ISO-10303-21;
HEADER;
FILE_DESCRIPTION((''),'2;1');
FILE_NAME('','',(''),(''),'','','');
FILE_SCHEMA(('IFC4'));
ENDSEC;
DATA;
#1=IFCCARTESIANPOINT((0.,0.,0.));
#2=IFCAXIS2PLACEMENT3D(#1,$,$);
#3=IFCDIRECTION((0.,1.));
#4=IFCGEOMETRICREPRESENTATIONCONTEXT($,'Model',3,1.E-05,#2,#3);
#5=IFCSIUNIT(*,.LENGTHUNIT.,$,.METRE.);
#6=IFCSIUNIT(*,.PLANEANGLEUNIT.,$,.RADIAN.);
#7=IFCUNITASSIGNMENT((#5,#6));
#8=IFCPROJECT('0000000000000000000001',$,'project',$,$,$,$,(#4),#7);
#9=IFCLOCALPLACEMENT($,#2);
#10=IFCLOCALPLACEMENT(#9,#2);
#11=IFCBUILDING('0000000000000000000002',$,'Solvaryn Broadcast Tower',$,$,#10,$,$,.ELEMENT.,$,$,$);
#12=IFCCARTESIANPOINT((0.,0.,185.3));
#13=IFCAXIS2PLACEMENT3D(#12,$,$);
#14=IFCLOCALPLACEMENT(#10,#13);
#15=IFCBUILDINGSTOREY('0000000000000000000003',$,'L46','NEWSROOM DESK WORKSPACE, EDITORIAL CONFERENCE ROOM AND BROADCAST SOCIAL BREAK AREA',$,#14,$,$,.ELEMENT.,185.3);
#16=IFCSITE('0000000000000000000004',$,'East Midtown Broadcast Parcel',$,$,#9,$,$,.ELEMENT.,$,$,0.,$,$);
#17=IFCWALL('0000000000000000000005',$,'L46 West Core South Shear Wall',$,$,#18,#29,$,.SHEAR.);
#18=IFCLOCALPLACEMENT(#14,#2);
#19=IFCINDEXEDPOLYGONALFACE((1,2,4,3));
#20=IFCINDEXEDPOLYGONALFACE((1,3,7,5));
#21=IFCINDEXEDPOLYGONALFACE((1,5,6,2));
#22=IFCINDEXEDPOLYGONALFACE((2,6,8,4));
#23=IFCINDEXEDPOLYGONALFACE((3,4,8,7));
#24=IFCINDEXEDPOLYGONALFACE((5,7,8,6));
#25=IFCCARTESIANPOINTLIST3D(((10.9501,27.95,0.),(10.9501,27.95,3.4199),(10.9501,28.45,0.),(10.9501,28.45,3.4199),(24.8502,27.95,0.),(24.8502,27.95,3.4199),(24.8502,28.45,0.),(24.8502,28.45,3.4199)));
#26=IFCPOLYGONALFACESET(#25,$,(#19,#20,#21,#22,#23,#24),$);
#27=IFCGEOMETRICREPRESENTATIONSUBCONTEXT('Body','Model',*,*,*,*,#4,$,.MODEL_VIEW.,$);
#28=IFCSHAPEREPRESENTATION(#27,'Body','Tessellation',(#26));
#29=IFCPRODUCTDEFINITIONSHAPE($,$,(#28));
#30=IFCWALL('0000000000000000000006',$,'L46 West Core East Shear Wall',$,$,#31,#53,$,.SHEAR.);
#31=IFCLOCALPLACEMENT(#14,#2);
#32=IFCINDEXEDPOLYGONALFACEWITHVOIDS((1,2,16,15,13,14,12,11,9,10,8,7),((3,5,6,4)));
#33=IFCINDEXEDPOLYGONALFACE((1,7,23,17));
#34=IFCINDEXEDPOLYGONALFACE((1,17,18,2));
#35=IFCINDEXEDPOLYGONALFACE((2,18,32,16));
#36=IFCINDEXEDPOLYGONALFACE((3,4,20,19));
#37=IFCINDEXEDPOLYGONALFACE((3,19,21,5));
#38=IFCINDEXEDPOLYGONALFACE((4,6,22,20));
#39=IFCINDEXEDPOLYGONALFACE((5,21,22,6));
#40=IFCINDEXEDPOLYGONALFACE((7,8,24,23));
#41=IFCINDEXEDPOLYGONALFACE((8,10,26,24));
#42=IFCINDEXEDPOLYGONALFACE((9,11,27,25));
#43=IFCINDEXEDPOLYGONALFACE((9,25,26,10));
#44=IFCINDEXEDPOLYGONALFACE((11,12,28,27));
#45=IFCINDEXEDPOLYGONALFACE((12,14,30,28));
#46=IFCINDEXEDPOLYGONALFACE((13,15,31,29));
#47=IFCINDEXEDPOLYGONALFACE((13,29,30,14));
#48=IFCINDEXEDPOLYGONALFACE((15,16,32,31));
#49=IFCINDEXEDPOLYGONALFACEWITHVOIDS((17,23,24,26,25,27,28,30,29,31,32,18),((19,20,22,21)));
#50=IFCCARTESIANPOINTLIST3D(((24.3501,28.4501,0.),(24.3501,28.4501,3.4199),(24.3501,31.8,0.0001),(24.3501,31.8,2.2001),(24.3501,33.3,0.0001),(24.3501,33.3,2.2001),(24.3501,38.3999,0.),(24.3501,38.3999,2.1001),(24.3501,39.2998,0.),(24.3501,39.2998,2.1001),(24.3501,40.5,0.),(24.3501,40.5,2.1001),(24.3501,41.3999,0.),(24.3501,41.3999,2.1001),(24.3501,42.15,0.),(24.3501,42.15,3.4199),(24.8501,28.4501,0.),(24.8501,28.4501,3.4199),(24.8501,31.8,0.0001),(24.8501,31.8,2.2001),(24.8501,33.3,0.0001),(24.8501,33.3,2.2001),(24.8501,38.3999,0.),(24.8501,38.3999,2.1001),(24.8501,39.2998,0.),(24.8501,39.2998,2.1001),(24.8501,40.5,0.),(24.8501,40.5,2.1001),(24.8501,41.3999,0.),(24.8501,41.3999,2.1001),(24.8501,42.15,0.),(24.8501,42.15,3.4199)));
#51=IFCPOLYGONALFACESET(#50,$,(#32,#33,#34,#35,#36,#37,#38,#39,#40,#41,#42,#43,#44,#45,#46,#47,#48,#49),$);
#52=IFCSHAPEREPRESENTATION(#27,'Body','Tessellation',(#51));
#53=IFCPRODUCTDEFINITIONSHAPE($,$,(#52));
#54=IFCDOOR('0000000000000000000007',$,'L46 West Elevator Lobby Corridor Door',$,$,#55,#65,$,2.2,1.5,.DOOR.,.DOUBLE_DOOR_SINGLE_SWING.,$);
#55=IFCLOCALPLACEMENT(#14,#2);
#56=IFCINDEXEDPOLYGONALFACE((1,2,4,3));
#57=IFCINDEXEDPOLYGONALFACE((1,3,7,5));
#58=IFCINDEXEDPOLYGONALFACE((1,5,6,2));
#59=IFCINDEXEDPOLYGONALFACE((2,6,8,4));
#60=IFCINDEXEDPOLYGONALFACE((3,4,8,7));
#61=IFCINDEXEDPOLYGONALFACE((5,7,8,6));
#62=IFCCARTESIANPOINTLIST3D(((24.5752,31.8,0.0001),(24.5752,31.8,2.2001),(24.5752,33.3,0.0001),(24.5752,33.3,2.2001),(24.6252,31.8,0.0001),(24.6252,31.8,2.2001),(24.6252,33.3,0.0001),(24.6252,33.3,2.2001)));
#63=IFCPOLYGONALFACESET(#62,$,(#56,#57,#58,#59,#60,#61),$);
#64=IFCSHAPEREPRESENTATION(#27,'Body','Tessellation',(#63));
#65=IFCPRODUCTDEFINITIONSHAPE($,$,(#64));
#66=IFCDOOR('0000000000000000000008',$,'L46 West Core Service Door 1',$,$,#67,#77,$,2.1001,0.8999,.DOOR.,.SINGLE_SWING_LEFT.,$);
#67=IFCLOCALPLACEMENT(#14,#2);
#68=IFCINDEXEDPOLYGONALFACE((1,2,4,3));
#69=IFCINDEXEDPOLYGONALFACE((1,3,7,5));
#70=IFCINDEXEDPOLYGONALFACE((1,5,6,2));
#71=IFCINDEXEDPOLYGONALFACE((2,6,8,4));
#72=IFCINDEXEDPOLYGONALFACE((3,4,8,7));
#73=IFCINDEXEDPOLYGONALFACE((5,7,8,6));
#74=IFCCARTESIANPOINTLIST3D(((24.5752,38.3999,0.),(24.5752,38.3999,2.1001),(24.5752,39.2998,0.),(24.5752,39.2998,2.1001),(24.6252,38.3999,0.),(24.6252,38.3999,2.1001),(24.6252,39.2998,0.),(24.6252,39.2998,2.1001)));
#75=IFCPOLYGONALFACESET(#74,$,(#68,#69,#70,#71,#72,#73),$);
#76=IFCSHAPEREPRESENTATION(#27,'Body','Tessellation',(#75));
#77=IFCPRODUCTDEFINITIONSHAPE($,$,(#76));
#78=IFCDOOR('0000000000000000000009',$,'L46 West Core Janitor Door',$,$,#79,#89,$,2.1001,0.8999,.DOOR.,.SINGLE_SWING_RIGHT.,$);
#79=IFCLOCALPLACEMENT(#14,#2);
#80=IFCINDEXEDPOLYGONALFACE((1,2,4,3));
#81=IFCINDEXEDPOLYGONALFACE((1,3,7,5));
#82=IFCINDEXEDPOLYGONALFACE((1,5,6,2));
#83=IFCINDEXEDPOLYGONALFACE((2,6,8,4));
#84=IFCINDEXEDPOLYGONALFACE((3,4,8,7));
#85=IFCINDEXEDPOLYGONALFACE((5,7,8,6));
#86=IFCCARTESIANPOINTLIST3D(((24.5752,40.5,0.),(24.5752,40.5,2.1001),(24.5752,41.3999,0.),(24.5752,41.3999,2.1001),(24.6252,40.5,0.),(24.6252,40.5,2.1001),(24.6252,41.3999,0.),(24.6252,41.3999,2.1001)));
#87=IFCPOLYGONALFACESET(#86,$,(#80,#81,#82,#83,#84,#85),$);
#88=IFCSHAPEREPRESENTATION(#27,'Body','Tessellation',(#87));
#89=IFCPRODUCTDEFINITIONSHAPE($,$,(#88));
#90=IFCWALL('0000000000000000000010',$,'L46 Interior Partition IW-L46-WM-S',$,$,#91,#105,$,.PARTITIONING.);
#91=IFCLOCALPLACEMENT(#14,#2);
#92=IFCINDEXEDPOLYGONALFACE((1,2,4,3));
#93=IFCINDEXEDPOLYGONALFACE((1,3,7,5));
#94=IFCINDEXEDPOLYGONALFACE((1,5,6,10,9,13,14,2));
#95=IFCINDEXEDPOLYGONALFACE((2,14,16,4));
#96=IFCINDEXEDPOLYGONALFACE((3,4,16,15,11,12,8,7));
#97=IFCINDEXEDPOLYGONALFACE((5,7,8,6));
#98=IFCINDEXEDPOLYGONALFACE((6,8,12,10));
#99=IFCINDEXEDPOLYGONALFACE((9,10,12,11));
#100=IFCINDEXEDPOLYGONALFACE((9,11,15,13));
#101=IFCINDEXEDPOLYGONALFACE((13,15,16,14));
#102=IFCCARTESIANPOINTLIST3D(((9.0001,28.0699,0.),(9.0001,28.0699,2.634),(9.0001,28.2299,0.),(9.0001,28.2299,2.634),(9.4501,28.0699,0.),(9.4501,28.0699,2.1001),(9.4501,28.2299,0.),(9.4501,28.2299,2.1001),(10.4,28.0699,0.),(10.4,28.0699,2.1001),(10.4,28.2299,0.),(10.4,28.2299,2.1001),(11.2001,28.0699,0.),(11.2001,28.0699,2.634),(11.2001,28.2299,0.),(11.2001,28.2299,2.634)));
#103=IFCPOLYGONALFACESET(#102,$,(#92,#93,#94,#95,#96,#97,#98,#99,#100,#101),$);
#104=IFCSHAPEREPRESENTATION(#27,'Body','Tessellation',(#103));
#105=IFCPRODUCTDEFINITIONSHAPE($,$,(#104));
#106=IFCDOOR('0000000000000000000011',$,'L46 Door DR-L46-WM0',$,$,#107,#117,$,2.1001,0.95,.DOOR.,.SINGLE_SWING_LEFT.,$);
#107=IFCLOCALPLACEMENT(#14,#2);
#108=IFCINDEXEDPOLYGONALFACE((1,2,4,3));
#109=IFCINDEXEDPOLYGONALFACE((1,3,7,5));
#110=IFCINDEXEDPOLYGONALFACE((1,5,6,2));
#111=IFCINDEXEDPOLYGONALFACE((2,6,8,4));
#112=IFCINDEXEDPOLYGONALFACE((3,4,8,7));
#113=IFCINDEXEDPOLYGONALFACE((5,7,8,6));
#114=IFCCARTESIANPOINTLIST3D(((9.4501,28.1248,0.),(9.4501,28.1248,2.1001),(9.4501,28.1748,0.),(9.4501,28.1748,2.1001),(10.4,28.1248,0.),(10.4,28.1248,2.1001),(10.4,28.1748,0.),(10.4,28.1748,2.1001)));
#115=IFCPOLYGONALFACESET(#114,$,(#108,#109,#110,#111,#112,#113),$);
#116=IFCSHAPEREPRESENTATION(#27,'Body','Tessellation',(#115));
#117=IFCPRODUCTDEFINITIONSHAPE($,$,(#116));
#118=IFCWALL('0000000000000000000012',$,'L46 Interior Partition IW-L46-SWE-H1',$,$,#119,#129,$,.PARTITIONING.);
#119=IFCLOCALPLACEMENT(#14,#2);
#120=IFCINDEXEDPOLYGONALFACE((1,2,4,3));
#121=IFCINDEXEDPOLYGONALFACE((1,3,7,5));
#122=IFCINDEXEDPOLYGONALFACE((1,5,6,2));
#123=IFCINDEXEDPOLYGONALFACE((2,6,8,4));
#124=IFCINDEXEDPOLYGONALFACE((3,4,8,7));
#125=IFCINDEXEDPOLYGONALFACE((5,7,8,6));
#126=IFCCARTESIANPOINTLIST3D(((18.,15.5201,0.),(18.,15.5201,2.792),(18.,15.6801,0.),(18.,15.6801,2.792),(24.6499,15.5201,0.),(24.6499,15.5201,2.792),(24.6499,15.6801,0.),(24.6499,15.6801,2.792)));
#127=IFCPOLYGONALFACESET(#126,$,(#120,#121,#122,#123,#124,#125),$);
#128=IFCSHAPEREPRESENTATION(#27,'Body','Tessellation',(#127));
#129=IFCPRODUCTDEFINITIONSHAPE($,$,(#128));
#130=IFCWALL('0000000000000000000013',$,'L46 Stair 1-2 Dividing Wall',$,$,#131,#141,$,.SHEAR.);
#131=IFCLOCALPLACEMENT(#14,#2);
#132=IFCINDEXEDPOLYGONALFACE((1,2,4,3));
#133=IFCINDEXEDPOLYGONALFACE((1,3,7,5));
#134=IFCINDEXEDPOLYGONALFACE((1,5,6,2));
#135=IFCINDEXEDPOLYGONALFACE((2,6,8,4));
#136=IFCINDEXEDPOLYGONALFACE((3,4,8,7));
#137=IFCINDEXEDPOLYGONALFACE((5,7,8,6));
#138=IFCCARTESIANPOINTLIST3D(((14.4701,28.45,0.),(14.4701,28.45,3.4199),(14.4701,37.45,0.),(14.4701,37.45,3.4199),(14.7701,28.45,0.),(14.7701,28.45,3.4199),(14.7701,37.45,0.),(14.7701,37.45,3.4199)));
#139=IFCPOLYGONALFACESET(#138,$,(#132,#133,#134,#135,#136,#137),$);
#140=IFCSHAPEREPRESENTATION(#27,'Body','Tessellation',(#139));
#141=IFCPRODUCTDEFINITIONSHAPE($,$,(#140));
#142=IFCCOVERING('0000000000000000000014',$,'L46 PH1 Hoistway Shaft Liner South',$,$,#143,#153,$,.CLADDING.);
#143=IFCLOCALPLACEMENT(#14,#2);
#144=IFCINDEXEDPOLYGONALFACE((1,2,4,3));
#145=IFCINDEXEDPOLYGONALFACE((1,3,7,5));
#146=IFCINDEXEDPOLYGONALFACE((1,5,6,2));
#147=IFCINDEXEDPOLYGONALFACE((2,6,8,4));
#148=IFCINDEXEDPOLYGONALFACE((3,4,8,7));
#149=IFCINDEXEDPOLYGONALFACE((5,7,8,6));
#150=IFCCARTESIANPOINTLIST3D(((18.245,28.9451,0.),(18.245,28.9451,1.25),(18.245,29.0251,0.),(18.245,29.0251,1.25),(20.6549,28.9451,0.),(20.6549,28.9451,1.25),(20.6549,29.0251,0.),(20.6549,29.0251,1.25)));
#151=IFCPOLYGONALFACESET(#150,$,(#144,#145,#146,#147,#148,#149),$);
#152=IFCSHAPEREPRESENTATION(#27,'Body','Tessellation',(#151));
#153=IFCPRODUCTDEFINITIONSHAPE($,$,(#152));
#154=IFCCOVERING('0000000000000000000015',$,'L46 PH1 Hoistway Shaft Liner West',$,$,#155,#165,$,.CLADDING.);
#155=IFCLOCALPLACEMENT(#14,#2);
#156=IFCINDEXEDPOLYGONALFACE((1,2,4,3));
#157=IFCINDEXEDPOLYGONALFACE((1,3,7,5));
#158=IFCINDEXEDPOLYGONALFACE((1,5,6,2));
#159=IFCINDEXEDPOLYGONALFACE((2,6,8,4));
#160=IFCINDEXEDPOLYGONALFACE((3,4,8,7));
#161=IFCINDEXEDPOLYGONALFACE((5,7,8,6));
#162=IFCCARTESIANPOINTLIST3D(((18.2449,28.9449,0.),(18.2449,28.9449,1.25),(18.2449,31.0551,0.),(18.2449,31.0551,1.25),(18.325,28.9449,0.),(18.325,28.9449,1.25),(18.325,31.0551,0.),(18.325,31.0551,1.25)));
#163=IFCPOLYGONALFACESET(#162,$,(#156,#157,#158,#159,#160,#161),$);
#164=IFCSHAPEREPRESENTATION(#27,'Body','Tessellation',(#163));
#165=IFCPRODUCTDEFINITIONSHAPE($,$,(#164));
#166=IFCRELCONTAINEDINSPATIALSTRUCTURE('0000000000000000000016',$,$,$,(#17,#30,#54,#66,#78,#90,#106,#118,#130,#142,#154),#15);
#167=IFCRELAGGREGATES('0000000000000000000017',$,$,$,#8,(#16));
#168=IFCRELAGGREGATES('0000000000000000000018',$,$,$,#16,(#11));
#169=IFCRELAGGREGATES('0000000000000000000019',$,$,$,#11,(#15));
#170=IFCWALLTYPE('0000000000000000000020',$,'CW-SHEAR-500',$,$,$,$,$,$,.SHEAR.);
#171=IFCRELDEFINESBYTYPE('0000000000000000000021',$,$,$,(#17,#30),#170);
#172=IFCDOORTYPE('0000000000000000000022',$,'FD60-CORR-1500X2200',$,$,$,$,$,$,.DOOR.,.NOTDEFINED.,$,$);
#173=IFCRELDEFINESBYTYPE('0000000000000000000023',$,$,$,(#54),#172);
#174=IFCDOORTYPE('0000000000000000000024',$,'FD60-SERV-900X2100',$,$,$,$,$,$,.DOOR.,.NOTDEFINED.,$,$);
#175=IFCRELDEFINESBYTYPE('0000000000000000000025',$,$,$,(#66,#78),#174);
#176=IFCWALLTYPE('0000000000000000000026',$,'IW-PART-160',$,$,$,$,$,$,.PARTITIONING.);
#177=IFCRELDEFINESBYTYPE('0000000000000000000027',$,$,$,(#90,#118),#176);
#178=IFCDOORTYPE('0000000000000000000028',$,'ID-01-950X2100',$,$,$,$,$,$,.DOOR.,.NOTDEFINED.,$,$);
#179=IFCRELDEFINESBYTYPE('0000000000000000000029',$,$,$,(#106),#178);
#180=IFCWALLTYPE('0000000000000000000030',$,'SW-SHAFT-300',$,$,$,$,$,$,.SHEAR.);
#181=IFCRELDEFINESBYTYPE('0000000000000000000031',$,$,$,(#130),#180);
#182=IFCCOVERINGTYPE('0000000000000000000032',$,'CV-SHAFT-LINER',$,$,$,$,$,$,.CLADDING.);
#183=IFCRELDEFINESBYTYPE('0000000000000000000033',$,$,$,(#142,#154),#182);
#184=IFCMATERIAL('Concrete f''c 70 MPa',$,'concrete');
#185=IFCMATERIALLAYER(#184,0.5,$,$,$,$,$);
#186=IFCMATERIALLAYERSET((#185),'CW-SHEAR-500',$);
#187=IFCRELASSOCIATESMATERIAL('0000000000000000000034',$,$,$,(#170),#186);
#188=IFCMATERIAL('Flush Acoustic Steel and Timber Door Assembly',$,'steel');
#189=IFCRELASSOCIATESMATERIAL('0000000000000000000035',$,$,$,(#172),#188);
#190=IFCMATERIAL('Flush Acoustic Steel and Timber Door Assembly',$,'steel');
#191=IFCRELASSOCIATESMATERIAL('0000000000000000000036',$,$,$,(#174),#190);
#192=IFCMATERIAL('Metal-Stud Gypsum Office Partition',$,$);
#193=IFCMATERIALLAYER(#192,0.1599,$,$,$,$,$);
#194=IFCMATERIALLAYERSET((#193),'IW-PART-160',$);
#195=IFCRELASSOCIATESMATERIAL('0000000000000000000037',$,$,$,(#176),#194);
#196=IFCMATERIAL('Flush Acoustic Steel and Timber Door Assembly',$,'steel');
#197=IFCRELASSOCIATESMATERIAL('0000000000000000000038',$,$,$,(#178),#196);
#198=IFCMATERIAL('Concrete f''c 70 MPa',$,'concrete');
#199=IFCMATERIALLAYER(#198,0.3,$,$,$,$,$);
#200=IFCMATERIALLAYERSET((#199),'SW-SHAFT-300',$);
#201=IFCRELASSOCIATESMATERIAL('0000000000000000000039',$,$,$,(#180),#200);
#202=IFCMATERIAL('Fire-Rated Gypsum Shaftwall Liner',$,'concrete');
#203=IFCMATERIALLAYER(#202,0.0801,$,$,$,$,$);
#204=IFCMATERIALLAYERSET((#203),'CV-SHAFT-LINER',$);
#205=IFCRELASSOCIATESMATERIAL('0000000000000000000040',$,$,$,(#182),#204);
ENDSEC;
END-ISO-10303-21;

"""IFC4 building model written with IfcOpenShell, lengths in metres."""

from ifc_helpers import new_model, si_unit, direction, frame, frame_2d, origin, origin_2d, place, context, subcontext, project, spatial, rectangle, extrude, material, layer, layer_set, type_object, element, fill, save


model = new_model("IFC4")

# Units and contexts
model_context = context("Model", 3, precision=1e-05, world=origin(), true_north=direction((0.0, 1.0)))
body_context = subcontext(model_context, "Body", "Model", "MODEL_VIEW")
ifc_project = project(units=[si_unit("LENGTHUNIT", "METRE"), si_unit("PLANEANGLEUNIT", "RADIAN")], contexts=[model_context])

# Site, building, storey
site_placement = place(None, origin())
site = spatial("IfcSite", under=ifc_project, at=site_placement, Name="East Midtown Broadcast Parcel", CompositionType="ELEMENT", RefElevation=0.0)
building_placement = place(site_placement, origin())
building = spatial("IfcBuilding", under=site, at=building_placement, Name="Solvaryn Broadcast Tower", CompositionType="ELEMENT")
storey_placement = place(building_placement, frame((0.0, 0.0, 185.3)))
storey = spatial("IfcBuildingStorey", under=building, at=storey_placement, Name="L46", Description="NEWSROOM DESK WORKSPACE, EDITORIAL CONFERENCE ROOM AND BROADCAST SOCIAL BREAK AREA", CompositionType="ELEMENT", Elevation=185.3)

# Wall
ifc_material_1 = material(Name="Concrete f'c 70 MPa", Category="concrete")
ifc_layer_1 = layer(ifc_material_1, 0.5)
ifc_layer_set_1 = layer_set([ifc_layer_1], Name="CW-SHEAR-500")
wall_type_1 = type_object("IfcWallType", Name="CW-SHEAR-500", PredefinedType="SHEAR", material=ifc_layer_set_1)
wall_1_placement = place(storey_placement, frame((10.95, 28.2, 0.0), z_axis=(0.0, 0.0, 1.0), x_axis=(1.0, 0.0, 0.0)))
element("IfcWall", 1, at=wall_1_placement, inside=storey, type_object=wall_type_1, Name="L46 West Core South Shear Wall", PredefinedType="SHEAR", context=body_context, shape_type="SweptSolid", body=[
    extrude(rectangle(XDim=13.9001, YDim=0.5, at=frame_2d((6.9502, 0.0))), origin(), (0.0, 0.0, 1.0), 3.4199),
])

# Wall, openings, doors
wall_2_placement = place(storey_placement, frame((24.6001, 28.45, 0.0), z_axis=(0.0, 0.0, 1.0), x_axis=(0.0, 1.0, 0.0)))
wall_2 = element("IfcWall", 2, at=wall_2_placement, inside=storey, type_object=wall_type_1, Name="L46 West Core East Shear Wall", PredefinedType="SHEAR", context=body_context, shape_type="SweptSolid", body=[
    extrude(rectangle(XDim=13.7, YDim=0.5, at=frame_2d((6.8501, 0.0))), origin(), (0.0, 0.0, 1.0), 3.4199),
])
opening_1_placement = place(wall_2_placement, frame((3.3501, 0.0, 0.0)))
opening_1 = element("IfcOpeningElement", 3, at=opening_1_placement, cuts=wall_2, PredefinedType="OPENING", context=body_context, shape_type="SweptSolid", body=[
    extrude(rectangle(XDim=1.5, YDim=2.2, at=frame_2d((0.75, 1.1001))), frame((0.0, 0.26, 0.0), z_axis=(0.0, -1.0, 0.0), x_axis=(1.0, 0.0, 0.0)), (0.0, 0.0, 1.0), 0.52),
])
opening_2_placement = place(wall_2_placement, frame((9.95, 0.0, 0.0)))
opening_2 = element("IfcOpeningElement", 4, at=opening_2_placement, cuts=wall_2, PredefinedType="OPENING", context=body_context, shape_type="SweptSolid", body=[
    extrude(rectangle(XDim=0.8999, YDim=2.1001, at=frame_2d((0.45, 1.05))), frame((0.0, 0.26, 0.0), z_axis=(0.0, -1.0, 0.0), x_axis=(1.0, 0.0, 0.0)), (0.0, 0.0, 1.0), 0.52),
])
opening_3_placement = place(wall_2_placement, frame((12.05, 0.0, 0.0)))
opening_3 = element("IfcOpeningElement", 5, at=opening_3_placement, cuts=wall_2, PredefinedType="OPENING", context=body_context, shape_type="SweptSolid", body=[
    extrude(rectangle(XDim=0.8999, YDim=2.1001, at=frame_2d((0.45, 1.05))), frame((0.0, 0.26, 0.0), z_axis=(0.0, -1.0, 0.0), x_axis=(1.0, 0.0, 0.0)), (0.0, 0.0, 1.0), 0.52),
])
ifc_material_2 = material(Name="Flush Acoustic Steel and Timber Door Assembly", Category="steel")
door_type_1 = type_object("IfcDoorType", Name="FD60-CORR-1500X2200", OperationType="NOTDEFINED", PredefinedType="DOOR", material=ifc_material_2)
door_1_placement = place(opening_1_placement, origin())
door_1 = element("IfcDoor", 6, at=door_1_placement, inside=storey, type_object=door_type_1, Name="L46 West Elevator Lobby Corridor Door", OperationType="DOUBLE_DOOR_SINGLE_SWING", OverallHeight=2.2, OverallWidth=1.5, PredefinedType="DOOR", context=body_context, shape_type="SweptSolid", body=[
    extrude(rectangle(XDim=1.5, YDim=2.2, at=frame_2d((0.75, 1.1001))), frame((0.0, 0.0249, 0.0), z_axis=(0.0, -1.0, 0.0), x_axis=(1.0, 0.0, 0.0)), (0.0, 0.0, 1.0), 0.05),
])
fill(opening_1, door_1)
ifc_material_3 = material(Name="Flush Acoustic Steel and Timber Door Assembly", Category="steel")
door_type_2 = type_object("IfcDoorType", Name="FD60-SERV-900X2100", OperationType="NOTDEFINED", PredefinedType="DOOR", material=ifc_material_3)
door_2_placement = place(opening_2_placement, origin())
door_2 = element("IfcDoor", 7, at=door_2_placement, inside=storey, type_object=door_type_2, Name="L46 West Core Service Door 1", OperationType="SINGLE_SWING_LEFT", OverallHeight=2.1001, OverallWidth=0.8999, PredefinedType="DOOR", context=body_context, shape_type="SweptSolid", body=[
    extrude(rectangle(XDim=0.8999, YDim=2.1001, at=frame_2d((0.45, 1.05))), frame((0.0, 0.0249, 0.0), z_axis=(0.0, -1.0, 0.0), x_axis=(1.0, 0.0, 0.0)), (0.0, 0.0, 1.0), 0.05),
])
fill(opening_2, door_2)
door_3_placement = place(opening_3_placement, origin())
door_3 = element("IfcDoor", 8, at=door_3_placement, inside=storey, type_object=door_type_2, Name="L46 West Core Janitor Door", OperationType="SINGLE_SWING_RIGHT", OverallHeight=2.1001, OverallWidth=0.8999, PredefinedType="DOOR", context=body_context, shape_type="SweptSolid", body=[
    extrude(rectangle(XDim=0.8999, YDim=2.1001, at=frame_2d((0.45, 1.05))), frame((0.0, 0.0249, 0.0), z_axis=(0.0, -1.0, 0.0), x_axis=(1.0, 0.0, 0.0)), (0.0, 0.0, 1.0), 0.05),
])
fill(opening_3, door_3)

# Wall, opening, door
ifc_material_4 = material(Name="Metal-Stud Gypsum Office Partition")
ifc_layer_2 = layer(ifc_material_4, 0.1599)
ifc_layer_set_2 = layer_set([ifc_layer_2], Name="IW-PART-160")
wall_type_2 = type_object("IfcWallType", Name="IW-PART-160", PredefinedType="PARTITIONING", material=ifc_layer_set_2)
wall_3_placement = place(storey_placement, frame((9.0, 28.1499, 0.0), z_axis=(0.0, 0.0, 1.0), x_axis=(1.0, 0.0, 0.0)))
wall_3 = element("IfcWall", 9, at=wall_3_placement, inside=storey, type_object=wall_type_2, Name="L46 Interior Partition IW-L46-WM-S", PredefinedType="PARTITIONING", context=body_context, shape_type="SweptSolid", body=[
    extrude(rectangle(XDim=2.2, YDim=0.1599, at=frame_2d((1.1001, 0.0))), origin(), (0.0, 0.0, 1.0), 2.634),
])
opening_4_placement = place(wall_3_placement, frame((0.45, 0.0, 0.0)))
opening_4 = element("IfcOpeningElement", 10, at=opening_4_placement, cuts=wall_3, PredefinedType="OPENING", context=body_context, shape_type="SweptSolid", body=[
    extrude(rectangle(XDim=0.95, YDim=2.1001, at=frame_2d((0.4751, 1.05))), frame((0.0, 0.0901, 0.0), z_axis=(0.0, -1.0, 0.0), x_axis=(1.0, 0.0, 0.0)), (0.0, 0.0, 1.0), 0.1799),
])
ifc_material_5 = material(Name="Flush Acoustic Steel and Timber Door Assembly", Category="steel")
door_type_3 = type_object("IfcDoorType", Name="ID-01-950X2100", OperationType="NOTDEFINED", PredefinedType="DOOR", material=ifc_material_5)
door_4_placement = place(opening_4_placement, origin())
door_4 = element("IfcDoor", 11, at=door_4_placement, inside=storey, type_object=door_type_3, Name="L46 Door DR-L46-WM0", OperationType="SINGLE_SWING_LEFT", OverallHeight=2.1001, OverallWidth=0.95, PredefinedType="DOOR", context=body_context, shape_type="SweptSolid", body=[
    extrude(rectangle(XDim=0.95, YDim=2.1001, at=frame_2d((0.4751, 1.05))), frame((0.0, 0.0249, 0.0), z_axis=(0.0, -1.0, 0.0), x_axis=(1.0, 0.0, 0.0)), (0.0, 0.0, 1.0), 0.05),
])
fill(opening_4, door_4)

# Walls
wall_4_placement = place(storey_placement, frame((18.0, 15.6001, 0.0), z_axis=(0.0, 0.0, 1.0), x_axis=(1.0, 0.0, 0.0)))
element("IfcWall", 12, at=wall_4_placement, inside=storey, type_object=wall_type_2, Name="L46 Interior Partition IW-L46-SWE-H1", PredefinedType="PARTITIONING", context=body_context, shape_type="SweptSolid", body=[
    extrude(rectangle(XDim=6.6499, YDim=0.1599, at=frame_2d((3.325, 0.0))), origin(), (0.0, 0.0, 1.0), 2.792),
])
ifc_material_6 = material(Name="Concrete f'c 70 MPa", Category="concrete")
ifc_layer_3 = layer(ifc_material_6, 0.3)
ifc_layer_set_3 = layer_set([ifc_layer_3], Name="SW-SHAFT-300")
wall_type_3 = type_object("IfcWallType", Name="SW-SHAFT-300", PredefinedType="SHEAR", material=ifc_layer_set_3)
wall_5_placement = place(storey_placement, frame((14.6201, 28.45, 0.0), z_axis=(0.0, 0.0, 1.0), x_axis=(0.0, 1.0, 0.0)))
element("IfcWall", 13, at=wall_5_placement, inside=storey, type_object=wall_type_3, Name="L46 Stair 1-2 Dividing Wall", PredefinedType="SHEAR", context=body_context, shape_type="SweptSolid", body=[
    extrude(rectangle(XDim=9.0, YDim=0.3, at=frame_2d((4.5, 0.0))), origin(), (0.0, 0.0, 1.0), 3.4199),
])

# Coverings
ifc_material_7 = material(Name="Fire-Rated Gypsum Shaftwall Liner", Category="concrete")
ifc_layer_4 = layer(ifc_material_7, 0.0801)
ifc_layer_set_4 = layer_set([ifc_layer_4], Name="CV-SHAFT-LINER")
covering_type = type_object("IfcCoveringType", Name="CV-SHAFT-LINER", PredefinedType="CLADDING", material=ifc_layer_set_4)
covering_1_placement = place(storey_placement, frame((19.45, 28.9851, 0.0), z_axis=(0.0, 0.0, 1.0), x_axis=(1.0, 0.0, 0.0)))
element("IfcCovering", 14, at=covering_1_placement, inside=storey, type_object=covering_type, Name="L46 PH1 Hoistway Shaft Liner South", PredefinedType="CLADDING", context=body_context, shape_type="SweptSolid", body=[
    extrude(rectangle(XDim=2.4099, YDim=0.0801, at=origin_2d()), origin(), (0.0, 0.0, 1.0), 1.25),
])
covering_2_placement = place(storey_placement, frame((18.2849, 30.0, 0.0), z_axis=(0.0, 0.0, 1.0), x_axis=(1.0, 0.0, 0.0)))
element("IfcCovering", 15, at=covering_2_placement, inside=storey, type_object=covering_type, Name="L46 PH1 Hoistway Shaft Liner West", PredefinedType="CLADDING", context=body_context, shape_type="SweptSolid", body=[
    extrude(rectangle(XDim=0.0801, YDim=2.1101, at=origin_2d()), origin(), (0.0, 0.0, 1.0), 1.25),
])

save(model, "model.ifc")
